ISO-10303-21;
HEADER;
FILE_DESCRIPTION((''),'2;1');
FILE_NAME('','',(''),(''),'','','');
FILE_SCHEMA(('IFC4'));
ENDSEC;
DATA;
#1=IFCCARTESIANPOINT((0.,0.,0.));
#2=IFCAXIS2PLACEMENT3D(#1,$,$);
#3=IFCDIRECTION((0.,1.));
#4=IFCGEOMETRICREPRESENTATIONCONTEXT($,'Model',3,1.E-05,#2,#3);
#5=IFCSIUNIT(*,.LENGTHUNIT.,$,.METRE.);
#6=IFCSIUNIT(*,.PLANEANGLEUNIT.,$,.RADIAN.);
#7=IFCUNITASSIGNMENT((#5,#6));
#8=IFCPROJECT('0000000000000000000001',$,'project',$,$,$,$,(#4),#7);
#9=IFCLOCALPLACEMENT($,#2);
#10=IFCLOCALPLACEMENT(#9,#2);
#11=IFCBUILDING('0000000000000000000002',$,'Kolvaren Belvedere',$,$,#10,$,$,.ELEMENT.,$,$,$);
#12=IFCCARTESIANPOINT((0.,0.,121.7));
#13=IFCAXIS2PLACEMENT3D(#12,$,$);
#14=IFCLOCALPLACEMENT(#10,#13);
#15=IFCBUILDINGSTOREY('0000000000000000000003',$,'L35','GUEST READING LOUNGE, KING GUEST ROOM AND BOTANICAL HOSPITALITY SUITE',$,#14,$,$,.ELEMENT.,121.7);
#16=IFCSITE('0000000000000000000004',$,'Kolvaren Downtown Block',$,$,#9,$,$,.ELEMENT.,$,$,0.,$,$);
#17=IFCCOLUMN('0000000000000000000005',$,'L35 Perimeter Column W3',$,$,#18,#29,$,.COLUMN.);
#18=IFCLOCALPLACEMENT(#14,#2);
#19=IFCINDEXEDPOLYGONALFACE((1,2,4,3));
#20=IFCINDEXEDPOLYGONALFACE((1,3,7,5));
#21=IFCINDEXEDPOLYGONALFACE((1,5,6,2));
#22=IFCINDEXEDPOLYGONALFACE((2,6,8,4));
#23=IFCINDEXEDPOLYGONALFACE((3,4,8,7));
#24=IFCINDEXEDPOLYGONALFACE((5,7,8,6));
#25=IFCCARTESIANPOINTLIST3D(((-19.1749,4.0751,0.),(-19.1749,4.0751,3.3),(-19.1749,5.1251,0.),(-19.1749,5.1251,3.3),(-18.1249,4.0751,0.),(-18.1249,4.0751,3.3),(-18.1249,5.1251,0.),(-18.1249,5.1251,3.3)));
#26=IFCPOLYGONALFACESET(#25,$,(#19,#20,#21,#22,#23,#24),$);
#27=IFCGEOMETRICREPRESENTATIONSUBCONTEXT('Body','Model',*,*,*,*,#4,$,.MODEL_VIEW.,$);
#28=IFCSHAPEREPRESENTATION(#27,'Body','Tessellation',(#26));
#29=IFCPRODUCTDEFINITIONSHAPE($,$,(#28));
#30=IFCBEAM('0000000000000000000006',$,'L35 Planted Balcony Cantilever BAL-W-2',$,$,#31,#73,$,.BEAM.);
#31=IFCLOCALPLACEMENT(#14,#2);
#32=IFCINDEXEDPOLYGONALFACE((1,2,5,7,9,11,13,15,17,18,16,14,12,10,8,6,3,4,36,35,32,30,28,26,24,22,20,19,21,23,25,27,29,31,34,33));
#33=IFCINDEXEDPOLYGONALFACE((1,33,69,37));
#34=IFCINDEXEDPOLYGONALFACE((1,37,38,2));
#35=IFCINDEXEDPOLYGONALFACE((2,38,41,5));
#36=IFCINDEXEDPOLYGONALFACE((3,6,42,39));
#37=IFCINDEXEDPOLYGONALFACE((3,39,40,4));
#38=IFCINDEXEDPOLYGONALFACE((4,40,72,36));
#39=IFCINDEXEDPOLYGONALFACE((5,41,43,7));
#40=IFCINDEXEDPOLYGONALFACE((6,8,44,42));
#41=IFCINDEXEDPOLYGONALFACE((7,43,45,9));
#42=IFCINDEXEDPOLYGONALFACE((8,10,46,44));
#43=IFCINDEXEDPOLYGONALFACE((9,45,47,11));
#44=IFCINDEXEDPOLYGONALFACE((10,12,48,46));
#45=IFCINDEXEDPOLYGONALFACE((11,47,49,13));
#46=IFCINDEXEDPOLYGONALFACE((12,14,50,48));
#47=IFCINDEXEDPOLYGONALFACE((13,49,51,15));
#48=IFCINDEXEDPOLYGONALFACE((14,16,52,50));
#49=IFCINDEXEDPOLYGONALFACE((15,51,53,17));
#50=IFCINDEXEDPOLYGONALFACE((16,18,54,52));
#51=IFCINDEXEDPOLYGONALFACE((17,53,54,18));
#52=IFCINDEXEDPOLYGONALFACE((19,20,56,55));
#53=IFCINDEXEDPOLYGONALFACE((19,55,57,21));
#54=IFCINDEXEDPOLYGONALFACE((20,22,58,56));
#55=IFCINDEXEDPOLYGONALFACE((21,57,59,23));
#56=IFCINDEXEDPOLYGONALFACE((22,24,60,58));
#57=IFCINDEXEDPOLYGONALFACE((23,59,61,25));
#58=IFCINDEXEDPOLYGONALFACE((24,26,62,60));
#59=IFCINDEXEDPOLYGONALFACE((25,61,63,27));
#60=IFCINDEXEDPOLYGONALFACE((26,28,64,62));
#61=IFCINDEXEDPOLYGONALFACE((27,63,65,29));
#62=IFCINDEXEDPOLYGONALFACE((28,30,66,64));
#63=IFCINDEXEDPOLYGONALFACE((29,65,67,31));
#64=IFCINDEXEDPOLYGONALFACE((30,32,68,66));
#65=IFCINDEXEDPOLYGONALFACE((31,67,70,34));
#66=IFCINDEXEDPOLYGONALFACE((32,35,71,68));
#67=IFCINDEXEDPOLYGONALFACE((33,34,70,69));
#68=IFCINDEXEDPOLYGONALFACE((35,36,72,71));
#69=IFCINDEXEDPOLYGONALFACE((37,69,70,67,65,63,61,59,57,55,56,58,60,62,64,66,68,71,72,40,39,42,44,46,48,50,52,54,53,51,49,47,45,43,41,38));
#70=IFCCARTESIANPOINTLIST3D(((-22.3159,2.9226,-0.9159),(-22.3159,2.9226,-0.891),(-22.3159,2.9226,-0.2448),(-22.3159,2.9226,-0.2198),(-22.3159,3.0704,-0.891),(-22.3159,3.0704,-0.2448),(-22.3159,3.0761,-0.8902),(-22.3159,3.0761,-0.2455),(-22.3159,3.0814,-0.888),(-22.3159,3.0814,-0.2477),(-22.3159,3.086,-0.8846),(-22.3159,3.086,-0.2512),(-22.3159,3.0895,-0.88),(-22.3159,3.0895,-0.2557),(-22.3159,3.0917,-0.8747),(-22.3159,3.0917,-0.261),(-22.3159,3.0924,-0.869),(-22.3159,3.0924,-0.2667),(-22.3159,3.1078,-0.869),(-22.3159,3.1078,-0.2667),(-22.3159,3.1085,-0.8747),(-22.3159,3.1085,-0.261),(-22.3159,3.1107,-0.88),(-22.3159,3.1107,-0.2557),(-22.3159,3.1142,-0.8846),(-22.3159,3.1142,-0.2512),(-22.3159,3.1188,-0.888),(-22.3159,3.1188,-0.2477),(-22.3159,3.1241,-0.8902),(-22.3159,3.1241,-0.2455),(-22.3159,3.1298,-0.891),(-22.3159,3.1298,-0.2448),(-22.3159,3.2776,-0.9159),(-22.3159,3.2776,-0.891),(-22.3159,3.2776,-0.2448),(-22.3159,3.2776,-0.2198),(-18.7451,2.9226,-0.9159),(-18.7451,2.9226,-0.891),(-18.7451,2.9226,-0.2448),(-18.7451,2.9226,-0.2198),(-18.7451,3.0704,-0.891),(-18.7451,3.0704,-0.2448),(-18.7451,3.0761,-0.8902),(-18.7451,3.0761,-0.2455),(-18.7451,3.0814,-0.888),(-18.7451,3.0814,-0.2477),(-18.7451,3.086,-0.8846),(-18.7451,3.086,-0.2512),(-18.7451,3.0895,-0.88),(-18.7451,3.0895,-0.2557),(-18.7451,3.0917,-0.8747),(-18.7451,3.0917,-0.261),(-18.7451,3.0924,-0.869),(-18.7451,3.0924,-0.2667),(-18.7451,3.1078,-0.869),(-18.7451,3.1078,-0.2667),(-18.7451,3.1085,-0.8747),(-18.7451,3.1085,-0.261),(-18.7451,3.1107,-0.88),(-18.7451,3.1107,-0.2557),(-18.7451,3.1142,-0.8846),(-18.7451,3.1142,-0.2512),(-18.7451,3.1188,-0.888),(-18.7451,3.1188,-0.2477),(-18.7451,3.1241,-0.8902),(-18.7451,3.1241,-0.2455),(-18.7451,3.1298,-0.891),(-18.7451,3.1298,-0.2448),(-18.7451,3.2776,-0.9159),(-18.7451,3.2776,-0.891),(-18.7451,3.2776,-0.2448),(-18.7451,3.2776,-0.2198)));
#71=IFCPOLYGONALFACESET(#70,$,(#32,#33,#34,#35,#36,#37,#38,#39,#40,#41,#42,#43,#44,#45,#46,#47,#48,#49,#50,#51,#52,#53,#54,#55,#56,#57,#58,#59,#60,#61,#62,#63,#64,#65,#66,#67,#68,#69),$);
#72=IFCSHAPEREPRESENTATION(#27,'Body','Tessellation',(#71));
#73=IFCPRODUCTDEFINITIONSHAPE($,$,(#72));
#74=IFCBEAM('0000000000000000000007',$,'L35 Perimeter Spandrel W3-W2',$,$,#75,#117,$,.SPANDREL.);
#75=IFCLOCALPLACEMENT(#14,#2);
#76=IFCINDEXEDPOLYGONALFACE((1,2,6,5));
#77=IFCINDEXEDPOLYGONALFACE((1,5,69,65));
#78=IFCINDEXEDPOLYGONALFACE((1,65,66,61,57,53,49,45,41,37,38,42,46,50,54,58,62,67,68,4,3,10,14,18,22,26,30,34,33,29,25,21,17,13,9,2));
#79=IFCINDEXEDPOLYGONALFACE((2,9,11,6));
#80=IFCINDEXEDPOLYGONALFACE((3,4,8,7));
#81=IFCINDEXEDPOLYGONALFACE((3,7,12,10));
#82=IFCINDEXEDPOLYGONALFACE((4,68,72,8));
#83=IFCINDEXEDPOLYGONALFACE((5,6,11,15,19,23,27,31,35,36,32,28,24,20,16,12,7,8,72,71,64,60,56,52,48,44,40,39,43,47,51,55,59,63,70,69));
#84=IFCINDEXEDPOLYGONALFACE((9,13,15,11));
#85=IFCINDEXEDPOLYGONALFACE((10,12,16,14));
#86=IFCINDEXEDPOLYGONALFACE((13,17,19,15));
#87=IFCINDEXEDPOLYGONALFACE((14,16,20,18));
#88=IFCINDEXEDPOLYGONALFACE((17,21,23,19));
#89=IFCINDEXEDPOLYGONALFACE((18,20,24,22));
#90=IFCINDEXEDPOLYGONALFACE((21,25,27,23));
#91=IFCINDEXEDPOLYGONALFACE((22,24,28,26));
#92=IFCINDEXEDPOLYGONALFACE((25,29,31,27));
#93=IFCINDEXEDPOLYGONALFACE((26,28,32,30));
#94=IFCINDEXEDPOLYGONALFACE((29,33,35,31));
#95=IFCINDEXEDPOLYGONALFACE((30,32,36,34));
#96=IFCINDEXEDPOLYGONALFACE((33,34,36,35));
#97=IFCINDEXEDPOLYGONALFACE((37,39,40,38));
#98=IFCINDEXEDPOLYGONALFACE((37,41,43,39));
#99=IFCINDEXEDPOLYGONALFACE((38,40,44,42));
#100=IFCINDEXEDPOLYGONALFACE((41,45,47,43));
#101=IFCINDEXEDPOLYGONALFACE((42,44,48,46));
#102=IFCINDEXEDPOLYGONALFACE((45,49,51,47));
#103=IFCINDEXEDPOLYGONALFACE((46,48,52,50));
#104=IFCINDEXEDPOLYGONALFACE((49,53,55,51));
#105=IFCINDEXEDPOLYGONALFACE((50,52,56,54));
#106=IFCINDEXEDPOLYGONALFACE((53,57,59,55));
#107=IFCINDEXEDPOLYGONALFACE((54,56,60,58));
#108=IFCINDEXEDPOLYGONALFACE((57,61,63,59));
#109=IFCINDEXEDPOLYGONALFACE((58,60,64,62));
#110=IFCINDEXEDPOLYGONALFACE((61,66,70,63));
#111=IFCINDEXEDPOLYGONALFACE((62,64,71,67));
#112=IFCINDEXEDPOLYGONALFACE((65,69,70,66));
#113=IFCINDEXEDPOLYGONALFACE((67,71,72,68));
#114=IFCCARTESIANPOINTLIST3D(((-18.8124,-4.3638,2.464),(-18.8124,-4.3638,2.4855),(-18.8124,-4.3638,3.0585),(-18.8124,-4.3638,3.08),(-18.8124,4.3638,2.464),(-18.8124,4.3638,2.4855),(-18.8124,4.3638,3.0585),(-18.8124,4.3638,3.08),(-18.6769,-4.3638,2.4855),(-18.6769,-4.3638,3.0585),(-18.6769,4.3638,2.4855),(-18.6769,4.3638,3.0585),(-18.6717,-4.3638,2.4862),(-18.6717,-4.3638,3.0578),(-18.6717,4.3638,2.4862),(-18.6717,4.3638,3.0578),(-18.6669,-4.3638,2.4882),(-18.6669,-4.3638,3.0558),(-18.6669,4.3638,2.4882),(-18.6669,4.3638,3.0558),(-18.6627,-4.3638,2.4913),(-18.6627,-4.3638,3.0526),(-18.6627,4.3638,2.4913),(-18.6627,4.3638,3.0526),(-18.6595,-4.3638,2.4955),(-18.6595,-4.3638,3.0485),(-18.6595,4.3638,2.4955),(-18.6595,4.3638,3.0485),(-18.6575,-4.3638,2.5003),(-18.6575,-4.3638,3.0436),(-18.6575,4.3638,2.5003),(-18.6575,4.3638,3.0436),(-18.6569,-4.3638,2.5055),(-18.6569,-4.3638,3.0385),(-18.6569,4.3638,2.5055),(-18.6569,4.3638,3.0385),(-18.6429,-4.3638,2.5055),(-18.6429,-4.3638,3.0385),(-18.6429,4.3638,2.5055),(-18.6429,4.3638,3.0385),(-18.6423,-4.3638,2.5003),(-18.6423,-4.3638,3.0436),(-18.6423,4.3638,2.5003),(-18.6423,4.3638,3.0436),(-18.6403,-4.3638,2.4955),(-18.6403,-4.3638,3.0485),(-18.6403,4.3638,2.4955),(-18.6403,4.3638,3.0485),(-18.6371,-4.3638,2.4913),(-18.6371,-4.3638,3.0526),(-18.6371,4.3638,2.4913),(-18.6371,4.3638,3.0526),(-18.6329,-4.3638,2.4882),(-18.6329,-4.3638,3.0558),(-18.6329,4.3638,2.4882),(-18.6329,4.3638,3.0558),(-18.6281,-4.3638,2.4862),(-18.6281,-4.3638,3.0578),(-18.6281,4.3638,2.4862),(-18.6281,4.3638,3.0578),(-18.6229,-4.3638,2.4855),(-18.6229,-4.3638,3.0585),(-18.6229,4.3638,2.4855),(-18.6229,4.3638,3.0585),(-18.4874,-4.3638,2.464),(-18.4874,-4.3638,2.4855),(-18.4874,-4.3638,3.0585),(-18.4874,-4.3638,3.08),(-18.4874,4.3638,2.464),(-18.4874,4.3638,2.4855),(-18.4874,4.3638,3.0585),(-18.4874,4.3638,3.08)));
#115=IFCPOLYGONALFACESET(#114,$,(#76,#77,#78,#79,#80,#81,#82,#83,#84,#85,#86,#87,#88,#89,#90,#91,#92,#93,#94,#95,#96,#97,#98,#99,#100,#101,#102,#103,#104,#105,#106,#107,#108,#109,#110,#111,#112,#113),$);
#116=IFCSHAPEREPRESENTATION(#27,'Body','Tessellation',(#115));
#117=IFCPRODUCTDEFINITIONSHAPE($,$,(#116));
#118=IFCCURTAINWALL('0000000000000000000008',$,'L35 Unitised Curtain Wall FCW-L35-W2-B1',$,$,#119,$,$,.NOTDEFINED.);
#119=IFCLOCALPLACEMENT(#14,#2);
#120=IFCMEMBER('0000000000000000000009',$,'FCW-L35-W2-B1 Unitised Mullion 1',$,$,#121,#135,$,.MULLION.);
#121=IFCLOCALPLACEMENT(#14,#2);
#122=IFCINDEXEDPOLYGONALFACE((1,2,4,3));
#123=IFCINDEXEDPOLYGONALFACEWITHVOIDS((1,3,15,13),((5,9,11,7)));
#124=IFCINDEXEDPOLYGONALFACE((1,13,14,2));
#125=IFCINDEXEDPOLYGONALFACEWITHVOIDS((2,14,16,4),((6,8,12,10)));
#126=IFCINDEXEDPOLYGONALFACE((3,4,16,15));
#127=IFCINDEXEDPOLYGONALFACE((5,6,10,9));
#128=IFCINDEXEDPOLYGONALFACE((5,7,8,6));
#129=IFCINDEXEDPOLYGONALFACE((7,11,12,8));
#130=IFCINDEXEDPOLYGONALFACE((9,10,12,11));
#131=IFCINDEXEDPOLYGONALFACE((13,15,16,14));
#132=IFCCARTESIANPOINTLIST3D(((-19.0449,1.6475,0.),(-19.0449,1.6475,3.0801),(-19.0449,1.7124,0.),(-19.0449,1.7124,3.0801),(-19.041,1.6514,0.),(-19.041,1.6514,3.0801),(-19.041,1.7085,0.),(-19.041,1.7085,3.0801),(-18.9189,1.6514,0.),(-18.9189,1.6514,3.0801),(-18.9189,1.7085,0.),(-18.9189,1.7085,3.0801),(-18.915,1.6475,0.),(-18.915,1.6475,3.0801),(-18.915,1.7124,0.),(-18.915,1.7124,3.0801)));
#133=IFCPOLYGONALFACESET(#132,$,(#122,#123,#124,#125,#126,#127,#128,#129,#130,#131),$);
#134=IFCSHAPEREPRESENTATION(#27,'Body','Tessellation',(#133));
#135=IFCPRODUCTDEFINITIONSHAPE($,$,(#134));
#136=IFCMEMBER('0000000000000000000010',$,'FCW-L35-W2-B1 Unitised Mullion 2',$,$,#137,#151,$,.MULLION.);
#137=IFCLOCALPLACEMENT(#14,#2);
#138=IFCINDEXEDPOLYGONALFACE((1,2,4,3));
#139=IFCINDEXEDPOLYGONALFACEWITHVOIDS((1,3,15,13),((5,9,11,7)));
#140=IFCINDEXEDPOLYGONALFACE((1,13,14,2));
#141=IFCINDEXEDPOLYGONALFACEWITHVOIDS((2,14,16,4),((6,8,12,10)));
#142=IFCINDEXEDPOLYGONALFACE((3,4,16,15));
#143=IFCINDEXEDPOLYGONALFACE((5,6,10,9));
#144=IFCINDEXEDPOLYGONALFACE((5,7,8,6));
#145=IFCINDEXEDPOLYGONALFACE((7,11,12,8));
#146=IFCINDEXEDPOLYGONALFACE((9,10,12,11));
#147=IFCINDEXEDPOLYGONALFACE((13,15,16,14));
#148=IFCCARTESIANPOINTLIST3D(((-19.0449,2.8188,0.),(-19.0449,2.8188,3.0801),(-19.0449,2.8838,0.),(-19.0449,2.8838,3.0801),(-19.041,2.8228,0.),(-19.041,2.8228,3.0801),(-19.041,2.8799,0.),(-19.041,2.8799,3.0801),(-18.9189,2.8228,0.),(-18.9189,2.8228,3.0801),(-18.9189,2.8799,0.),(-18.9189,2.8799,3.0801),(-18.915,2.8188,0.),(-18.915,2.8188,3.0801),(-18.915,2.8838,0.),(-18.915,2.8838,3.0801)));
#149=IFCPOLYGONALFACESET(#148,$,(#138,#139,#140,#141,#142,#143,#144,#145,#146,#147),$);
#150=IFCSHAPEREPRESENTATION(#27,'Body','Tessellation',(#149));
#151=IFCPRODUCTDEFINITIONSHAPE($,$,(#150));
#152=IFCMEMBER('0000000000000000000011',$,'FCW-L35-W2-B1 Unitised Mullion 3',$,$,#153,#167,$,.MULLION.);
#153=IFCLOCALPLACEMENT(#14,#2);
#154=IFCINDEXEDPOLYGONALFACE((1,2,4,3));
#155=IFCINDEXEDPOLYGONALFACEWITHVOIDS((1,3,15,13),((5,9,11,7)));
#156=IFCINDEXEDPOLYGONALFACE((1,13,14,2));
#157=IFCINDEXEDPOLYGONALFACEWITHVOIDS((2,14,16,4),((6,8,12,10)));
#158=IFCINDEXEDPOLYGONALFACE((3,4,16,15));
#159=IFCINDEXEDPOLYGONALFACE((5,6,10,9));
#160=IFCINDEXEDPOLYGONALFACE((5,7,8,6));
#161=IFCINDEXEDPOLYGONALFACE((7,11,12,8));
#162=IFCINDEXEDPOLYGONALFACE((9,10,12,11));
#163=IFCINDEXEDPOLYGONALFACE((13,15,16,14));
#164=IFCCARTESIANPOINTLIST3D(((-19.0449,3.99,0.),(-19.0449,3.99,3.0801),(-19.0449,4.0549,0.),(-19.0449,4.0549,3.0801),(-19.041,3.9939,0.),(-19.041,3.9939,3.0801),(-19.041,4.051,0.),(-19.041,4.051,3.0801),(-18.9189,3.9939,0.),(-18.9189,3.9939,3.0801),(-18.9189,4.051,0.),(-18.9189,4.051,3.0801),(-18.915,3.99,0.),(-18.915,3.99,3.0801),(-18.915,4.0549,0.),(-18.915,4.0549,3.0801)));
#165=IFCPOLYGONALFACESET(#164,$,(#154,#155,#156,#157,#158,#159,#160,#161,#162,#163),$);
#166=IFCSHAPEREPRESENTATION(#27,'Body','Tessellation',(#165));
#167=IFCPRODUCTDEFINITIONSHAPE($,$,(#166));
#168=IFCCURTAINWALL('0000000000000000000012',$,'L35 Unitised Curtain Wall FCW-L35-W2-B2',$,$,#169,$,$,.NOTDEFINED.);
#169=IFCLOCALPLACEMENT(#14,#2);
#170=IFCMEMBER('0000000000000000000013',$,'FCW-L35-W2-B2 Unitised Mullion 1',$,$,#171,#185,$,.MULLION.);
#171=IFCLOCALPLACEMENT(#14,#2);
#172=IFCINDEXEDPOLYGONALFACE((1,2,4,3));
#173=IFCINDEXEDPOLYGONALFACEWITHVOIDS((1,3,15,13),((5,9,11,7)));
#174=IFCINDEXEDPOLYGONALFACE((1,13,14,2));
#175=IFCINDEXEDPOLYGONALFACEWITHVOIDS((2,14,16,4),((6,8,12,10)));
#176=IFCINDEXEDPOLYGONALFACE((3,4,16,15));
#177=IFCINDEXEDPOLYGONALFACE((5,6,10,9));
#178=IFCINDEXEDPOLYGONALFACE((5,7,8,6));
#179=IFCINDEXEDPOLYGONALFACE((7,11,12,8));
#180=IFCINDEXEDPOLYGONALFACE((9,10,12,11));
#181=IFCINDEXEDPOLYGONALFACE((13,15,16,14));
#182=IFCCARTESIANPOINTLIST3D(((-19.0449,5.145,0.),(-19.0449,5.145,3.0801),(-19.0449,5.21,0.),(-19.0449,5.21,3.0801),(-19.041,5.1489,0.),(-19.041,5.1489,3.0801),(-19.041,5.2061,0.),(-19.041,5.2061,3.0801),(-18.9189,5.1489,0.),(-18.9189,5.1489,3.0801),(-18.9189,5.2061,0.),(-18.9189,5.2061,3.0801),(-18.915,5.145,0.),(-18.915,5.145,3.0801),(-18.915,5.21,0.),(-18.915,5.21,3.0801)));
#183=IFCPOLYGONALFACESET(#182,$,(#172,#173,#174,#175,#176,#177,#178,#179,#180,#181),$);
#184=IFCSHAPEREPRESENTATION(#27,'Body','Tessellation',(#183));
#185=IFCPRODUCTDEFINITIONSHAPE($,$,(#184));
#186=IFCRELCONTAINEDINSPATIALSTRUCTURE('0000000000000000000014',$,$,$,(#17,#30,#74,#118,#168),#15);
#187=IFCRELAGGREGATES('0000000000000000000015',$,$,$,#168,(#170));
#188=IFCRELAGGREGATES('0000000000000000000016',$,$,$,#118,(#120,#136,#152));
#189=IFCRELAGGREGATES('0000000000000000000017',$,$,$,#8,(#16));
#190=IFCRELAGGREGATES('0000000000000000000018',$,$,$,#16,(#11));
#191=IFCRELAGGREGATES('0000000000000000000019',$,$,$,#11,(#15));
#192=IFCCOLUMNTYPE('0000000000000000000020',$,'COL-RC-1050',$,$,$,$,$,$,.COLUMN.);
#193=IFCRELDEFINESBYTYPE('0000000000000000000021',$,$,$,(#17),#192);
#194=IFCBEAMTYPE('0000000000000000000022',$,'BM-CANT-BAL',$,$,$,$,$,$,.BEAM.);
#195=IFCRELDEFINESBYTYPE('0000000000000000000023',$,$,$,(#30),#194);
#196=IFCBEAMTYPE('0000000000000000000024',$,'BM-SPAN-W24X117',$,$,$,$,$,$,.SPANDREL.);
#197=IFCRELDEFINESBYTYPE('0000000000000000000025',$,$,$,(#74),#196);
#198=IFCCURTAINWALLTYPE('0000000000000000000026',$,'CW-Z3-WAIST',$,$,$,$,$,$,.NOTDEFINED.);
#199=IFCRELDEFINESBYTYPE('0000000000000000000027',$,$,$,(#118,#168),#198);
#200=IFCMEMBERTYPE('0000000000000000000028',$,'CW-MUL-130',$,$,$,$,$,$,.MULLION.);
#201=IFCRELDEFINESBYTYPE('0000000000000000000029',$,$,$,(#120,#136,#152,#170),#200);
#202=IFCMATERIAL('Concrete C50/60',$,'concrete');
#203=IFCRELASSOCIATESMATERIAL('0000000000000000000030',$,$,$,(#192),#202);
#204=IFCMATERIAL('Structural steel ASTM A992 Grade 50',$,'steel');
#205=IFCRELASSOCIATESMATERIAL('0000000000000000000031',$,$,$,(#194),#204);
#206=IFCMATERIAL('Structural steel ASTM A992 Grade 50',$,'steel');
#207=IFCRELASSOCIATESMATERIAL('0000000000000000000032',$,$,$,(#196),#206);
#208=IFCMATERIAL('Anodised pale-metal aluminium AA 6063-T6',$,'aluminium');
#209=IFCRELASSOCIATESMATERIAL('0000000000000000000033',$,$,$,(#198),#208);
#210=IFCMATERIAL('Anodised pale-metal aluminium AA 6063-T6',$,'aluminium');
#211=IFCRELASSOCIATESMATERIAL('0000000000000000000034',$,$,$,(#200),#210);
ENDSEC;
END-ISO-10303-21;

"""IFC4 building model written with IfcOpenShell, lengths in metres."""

from ifc_helpers import new_model, si_unit, direction, frame, origin, origin_2d, place, context, subcontext, project, spatial, rectangle, hollow_rectangle, i_section, extrude, material, material_profile, profile_set, type_object, element, aggregate, save


model = new_model("IFC4")

# Units and contexts
model_context = context("Model", 3, precision=1e-05, world=origin(), true_north=direction((0.0, 1.0)))
body_context = subcontext(model_context, "Body", "Model", "MODEL_VIEW")
ifc_project = project(units=[si_unit("LENGTHUNIT", "METRE"), si_unit("PLANEANGLEUNIT", "RADIAN")], contexts=[model_context])

# Site, building, storey
site_placement = place(None, origin())
site = spatial("IfcSite", under=ifc_project, at=site_placement, Name="Kolvaren Downtown Block", CompositionType="ELEMENT", RefElevation=0.0)
building_placement = place(site_placement, origin())
building = spatial("IfcBuilding", under=site, at=building_placement, Name="Kolvaren Belvedere", CompositionType="ELEMENT")
storey_placement = place(building_placement, frame((0.0, 0.0, 121.7)))
storey = spatial("IfcBuildingStorey", under=building, at=storey_placement, Name="L35", Description="GUEST READING LOUNGE, KING GUEST ROOM AND BOTANICAL HOSPITALITY SUITE", CompositionType="ELEMENT", Elevation=121.7)

# Column
ifc_material_1 = material(Name="Concrete C50/60", Category="concrete")
ifc_material_profile_1 = material_profile(ifc_material_1, rectangle(XDim=1.05, YDim=1.05, at=origin_2d()), Name="RC 1050X1050")
ifc_profile_set_1 = profile_set([ifc_material_profile_1], Name="Concrete C50/60")
column_type = type_object("IfcColumnType", Name="COL-RC-1050", PredefinedType="COLUMN", material=ifc_profile_set_1)
column_placement = place(storey_placement, frame((-18.6499, 4.6001, 0.0), z_axis=(0.0, 0.0, 1.0), x_axis=(1.0, 0.0, 0.0)))
element("IfcColumn", 1, at=column_placement, inside=storey, type_object=column_type, Name="L35 Perimeter Column W3", PredefinedType="COLUMN", context=body_context, shape_type="SweptSolid", body=[
    extrude(rectangle(XDim=1.05, YDim=1.05, at=origin_2d()), origin(), (0.0, 0.0, 1.0), 3.3),
])

# Beams
ifc_material_2 = material(Name="Structural steel ASTM A992 Grade 50", Category="steel")
ifc_material_profile_2 = material_profile(ifc_material_2, i_section(OverallWidth=0.355, OverallDepth=0.696, WebThickness=0.0154, FlangeThickness=0.0249, FilletRadius=0.022, at=origin_2d()), Name="W27X146")
ifc_profile_set_2 = profile_set([ifc_material_profile_2], Name="Structural steel ASTM A992 Grade 50")
beam_type_1 = type_object("IfcBeamType", Name="BM-CANT-BAL", PredefinedType="BEAM", material=ifc_profile_set_2)
beam_1_placement = place(storey_placement, frame((-18.7451, 3.1001, -0.5679), z_axis=(-1.0, 0.0, 0.0), x_axis=(0.0, -1.0, 0.0)))
element("IfcBeam", 2, at=beam_1_placement, inside=storey, type_object=beam_type_1, Name="L35 Planted Balcony Cantilever BAL-W-2", PredefinedType="BEAM", context=body_context, shape_type="SweptSolid", body=[
    extrude(i_section(OverallWidth=0.355, OverallDepth=0.696, WebThickness=0.0154, FlangeThickness=0.0249, FilletRadius=0.022, at=origin_2d()), origin(), (0.0, 0.0, 1.0), 3.5708),
])
ifc_material_3 = material(Name="Structural steel ASTM A992 Grade 50", Category="steel")
ifc_material_profile_3 = material_profile(ifc_material_3, i_section(OverallWidth=0.325, OverallDepth=0.616, WebThickness=0.0139, FlangeThickness=0.0215, FilletRadius=0.02, at=origin_2d()), Name="W24X117")
ifc_profile_set_3 = profile_set([ifc_material_profile_3], Name="Structural steel ASTM A992 Grade 50")
beam_type_2 = type_object("IfcBeamType", Name="BM-SPAN-W24X117", PredefinedType="SPANDREL", material=ifc_profile_set_3)
beam_2_placement = place(storey_placement, frame((-18.6499, 4.3638, 2.772), z_axis=(0.0, -1.0, 0.0), x_axis=(1.0, 0.0, 0.0)))
element("IfcBeam", 3, at=beam_2_placement, inside=storey, type_object=beam_type_2, Name="L35 Perimeter Spandrel W3-W2", PredefinedType="SPANDREL", context=body_context, shape_type="SweptSolid", body=[
    extrude(i_section(OverallWidth=0.325, OverallDepth=0.616, WebThickness=0.0139, FlangeThickness=0.0215, FilletRadius=0.02, at=origin_2d()), origin(), (0.0, 0.0, 1.0), 8.7275),
])

# Curtain wall, members
ifc_material_4 = material(Name="Anodised pale-metal aluminium AA 6063-T6", Category="aluminium")
curtain_wall_type = type_object("IfcCurtainWallType", Name="CW-Z3-WAIST", PredefinedType="NOTDEFINED", material=ifc_material_4)
curtain_wall_1_placement = place(storey_placement, origin())
curtain_wall_1 = element("IfcCurtainWall", 4, at=curtain_wall_1_placement, inside=storey, type_object=curtain_wall_type, Name="L35 Unitised Curtain Wall FCW-L35-W2-B1", PredefinedType="NOTDEFINED")
ifc_material_5 = material(Name="Anodised pale-metal aluminium AA 6063-T6", Category="aluminium")
ifc_material_profile_4 = material_profile(ifc_material_5, hollow_rectangle(XDim=0.0649, YDim=0.1299, WallThickness=0.0039, at=origin_2d()), Name="ALU-MUL-130X65")
ifc_profile_set_4 = profile_set([ifc_material_profile_4], Name="Anodised pale-metal aluminium AA 6063-T6")
member_type_1 = type_object("IfcMemberType", Name="CW-MUL-130", PredefinedType="MULLION", material=ifc_profile_set_4)
member_1_placement = place(storey_placement, frame((-18.98, 1.6799, 0.0), z_axis=(0.0, 0.0, 1.0), x_axis=(0.0, 1.0, 0.0)))
member_1 = element("IfcMember", 5, at=member_1_placement, type_object=member_type_1, Name="FCW-L35-W2-B1 Unitised Mullion 1", PredefinedType="MULLION", context=body_context, shape_type="SweptSolid", body=[
    extrude(hollow_rectangle(XDim=0.0649, YDim=0.1299, WallThickness=0.0039, at=origin_2d()), origin(), (0.0, 0.0, 1.0), 3.0801),
])
member_2_placement = place(storey_placement, frame((-18.98, 2.8513, 0.0), z_axis=(0.0, 0.0, 1.0), x_axis=(0.0, 1.0, 0.0)))
member_2 = element("IfcMember", 6, at=member_2_placement, type_object=member_type_1, Name="FCW-L35-W2-B1 Unitised Mullion 2", PredefinedType="MULLION", context=body_context, shape_type="SweptSolid", body=[
    extrude(hollow_rectangle(XDim=0.0649, YDim=0.1299, WallThickness=0.0039, at=origin_2d()), origin(), (0.0, 0.0, 1.0), 3.0801),
])
member_3_placement = place(storey_placement, frame((-18.98, 4.0225, 0.0), z_axis=(0.0, 0.0, 1.0), x_axis=(0.0, 1.0, 0.0)))
member_3 = element("IfcMember", 7, at=member_3_placement, type_object=member_type_1, Name="FCW-L35-W2-B1 Unitised Mullion 3", PredefinedType="MULLION", context=body_context, shape_type="SweptSolid", body=[
    extrude(hollow_rectangle(XDim=0.0649, YDim=0.1299, WallThickness=0.0039, at=origin_2d()), origin(), (0.0, 0.0, 1.0), 3.0801),
])

# Curtain wall, member
curtain_wall_2_placement = place(storey_placement, origin())
curtain_wall_2 = element("IfcCurtainWall", 8, at=curtain_wall_2_placement, inside=storey, type_object=curtain_wall_type, Name="L35 Unitised Curtain Wall FCW-L35-W2-B2", PredefinedType="NOTDEFINED")
member_4_placement = place(storey_placement, frame((-18.98, 5.1775, 0.0), z_axis=(0.0, 0.0, 1.0), x_axis=(0.0, 1.0, 0.0)))
member_4 = element("IfcMember", 9, at=member_4_placement, type_object=member_type_1, Name="FCW-L35-W2-B2 Unitised Mullion 1", PredefinedType="MULLION", context=body_context, shape_type="SweptSolid", body=[
    extrude(hollow_rectangle(XDim=0.0649, YDim=0.1299, WallThickness=0.0039, at=origin_2d()), origin(), (0.0, 0.0, 1.0), 3.0801),
])

aggregate(curtain_wall_2, [member_4])

aggregate(curtain_wall_1, [member_1, member_2, member_3])

save(model, "model.ifc")
